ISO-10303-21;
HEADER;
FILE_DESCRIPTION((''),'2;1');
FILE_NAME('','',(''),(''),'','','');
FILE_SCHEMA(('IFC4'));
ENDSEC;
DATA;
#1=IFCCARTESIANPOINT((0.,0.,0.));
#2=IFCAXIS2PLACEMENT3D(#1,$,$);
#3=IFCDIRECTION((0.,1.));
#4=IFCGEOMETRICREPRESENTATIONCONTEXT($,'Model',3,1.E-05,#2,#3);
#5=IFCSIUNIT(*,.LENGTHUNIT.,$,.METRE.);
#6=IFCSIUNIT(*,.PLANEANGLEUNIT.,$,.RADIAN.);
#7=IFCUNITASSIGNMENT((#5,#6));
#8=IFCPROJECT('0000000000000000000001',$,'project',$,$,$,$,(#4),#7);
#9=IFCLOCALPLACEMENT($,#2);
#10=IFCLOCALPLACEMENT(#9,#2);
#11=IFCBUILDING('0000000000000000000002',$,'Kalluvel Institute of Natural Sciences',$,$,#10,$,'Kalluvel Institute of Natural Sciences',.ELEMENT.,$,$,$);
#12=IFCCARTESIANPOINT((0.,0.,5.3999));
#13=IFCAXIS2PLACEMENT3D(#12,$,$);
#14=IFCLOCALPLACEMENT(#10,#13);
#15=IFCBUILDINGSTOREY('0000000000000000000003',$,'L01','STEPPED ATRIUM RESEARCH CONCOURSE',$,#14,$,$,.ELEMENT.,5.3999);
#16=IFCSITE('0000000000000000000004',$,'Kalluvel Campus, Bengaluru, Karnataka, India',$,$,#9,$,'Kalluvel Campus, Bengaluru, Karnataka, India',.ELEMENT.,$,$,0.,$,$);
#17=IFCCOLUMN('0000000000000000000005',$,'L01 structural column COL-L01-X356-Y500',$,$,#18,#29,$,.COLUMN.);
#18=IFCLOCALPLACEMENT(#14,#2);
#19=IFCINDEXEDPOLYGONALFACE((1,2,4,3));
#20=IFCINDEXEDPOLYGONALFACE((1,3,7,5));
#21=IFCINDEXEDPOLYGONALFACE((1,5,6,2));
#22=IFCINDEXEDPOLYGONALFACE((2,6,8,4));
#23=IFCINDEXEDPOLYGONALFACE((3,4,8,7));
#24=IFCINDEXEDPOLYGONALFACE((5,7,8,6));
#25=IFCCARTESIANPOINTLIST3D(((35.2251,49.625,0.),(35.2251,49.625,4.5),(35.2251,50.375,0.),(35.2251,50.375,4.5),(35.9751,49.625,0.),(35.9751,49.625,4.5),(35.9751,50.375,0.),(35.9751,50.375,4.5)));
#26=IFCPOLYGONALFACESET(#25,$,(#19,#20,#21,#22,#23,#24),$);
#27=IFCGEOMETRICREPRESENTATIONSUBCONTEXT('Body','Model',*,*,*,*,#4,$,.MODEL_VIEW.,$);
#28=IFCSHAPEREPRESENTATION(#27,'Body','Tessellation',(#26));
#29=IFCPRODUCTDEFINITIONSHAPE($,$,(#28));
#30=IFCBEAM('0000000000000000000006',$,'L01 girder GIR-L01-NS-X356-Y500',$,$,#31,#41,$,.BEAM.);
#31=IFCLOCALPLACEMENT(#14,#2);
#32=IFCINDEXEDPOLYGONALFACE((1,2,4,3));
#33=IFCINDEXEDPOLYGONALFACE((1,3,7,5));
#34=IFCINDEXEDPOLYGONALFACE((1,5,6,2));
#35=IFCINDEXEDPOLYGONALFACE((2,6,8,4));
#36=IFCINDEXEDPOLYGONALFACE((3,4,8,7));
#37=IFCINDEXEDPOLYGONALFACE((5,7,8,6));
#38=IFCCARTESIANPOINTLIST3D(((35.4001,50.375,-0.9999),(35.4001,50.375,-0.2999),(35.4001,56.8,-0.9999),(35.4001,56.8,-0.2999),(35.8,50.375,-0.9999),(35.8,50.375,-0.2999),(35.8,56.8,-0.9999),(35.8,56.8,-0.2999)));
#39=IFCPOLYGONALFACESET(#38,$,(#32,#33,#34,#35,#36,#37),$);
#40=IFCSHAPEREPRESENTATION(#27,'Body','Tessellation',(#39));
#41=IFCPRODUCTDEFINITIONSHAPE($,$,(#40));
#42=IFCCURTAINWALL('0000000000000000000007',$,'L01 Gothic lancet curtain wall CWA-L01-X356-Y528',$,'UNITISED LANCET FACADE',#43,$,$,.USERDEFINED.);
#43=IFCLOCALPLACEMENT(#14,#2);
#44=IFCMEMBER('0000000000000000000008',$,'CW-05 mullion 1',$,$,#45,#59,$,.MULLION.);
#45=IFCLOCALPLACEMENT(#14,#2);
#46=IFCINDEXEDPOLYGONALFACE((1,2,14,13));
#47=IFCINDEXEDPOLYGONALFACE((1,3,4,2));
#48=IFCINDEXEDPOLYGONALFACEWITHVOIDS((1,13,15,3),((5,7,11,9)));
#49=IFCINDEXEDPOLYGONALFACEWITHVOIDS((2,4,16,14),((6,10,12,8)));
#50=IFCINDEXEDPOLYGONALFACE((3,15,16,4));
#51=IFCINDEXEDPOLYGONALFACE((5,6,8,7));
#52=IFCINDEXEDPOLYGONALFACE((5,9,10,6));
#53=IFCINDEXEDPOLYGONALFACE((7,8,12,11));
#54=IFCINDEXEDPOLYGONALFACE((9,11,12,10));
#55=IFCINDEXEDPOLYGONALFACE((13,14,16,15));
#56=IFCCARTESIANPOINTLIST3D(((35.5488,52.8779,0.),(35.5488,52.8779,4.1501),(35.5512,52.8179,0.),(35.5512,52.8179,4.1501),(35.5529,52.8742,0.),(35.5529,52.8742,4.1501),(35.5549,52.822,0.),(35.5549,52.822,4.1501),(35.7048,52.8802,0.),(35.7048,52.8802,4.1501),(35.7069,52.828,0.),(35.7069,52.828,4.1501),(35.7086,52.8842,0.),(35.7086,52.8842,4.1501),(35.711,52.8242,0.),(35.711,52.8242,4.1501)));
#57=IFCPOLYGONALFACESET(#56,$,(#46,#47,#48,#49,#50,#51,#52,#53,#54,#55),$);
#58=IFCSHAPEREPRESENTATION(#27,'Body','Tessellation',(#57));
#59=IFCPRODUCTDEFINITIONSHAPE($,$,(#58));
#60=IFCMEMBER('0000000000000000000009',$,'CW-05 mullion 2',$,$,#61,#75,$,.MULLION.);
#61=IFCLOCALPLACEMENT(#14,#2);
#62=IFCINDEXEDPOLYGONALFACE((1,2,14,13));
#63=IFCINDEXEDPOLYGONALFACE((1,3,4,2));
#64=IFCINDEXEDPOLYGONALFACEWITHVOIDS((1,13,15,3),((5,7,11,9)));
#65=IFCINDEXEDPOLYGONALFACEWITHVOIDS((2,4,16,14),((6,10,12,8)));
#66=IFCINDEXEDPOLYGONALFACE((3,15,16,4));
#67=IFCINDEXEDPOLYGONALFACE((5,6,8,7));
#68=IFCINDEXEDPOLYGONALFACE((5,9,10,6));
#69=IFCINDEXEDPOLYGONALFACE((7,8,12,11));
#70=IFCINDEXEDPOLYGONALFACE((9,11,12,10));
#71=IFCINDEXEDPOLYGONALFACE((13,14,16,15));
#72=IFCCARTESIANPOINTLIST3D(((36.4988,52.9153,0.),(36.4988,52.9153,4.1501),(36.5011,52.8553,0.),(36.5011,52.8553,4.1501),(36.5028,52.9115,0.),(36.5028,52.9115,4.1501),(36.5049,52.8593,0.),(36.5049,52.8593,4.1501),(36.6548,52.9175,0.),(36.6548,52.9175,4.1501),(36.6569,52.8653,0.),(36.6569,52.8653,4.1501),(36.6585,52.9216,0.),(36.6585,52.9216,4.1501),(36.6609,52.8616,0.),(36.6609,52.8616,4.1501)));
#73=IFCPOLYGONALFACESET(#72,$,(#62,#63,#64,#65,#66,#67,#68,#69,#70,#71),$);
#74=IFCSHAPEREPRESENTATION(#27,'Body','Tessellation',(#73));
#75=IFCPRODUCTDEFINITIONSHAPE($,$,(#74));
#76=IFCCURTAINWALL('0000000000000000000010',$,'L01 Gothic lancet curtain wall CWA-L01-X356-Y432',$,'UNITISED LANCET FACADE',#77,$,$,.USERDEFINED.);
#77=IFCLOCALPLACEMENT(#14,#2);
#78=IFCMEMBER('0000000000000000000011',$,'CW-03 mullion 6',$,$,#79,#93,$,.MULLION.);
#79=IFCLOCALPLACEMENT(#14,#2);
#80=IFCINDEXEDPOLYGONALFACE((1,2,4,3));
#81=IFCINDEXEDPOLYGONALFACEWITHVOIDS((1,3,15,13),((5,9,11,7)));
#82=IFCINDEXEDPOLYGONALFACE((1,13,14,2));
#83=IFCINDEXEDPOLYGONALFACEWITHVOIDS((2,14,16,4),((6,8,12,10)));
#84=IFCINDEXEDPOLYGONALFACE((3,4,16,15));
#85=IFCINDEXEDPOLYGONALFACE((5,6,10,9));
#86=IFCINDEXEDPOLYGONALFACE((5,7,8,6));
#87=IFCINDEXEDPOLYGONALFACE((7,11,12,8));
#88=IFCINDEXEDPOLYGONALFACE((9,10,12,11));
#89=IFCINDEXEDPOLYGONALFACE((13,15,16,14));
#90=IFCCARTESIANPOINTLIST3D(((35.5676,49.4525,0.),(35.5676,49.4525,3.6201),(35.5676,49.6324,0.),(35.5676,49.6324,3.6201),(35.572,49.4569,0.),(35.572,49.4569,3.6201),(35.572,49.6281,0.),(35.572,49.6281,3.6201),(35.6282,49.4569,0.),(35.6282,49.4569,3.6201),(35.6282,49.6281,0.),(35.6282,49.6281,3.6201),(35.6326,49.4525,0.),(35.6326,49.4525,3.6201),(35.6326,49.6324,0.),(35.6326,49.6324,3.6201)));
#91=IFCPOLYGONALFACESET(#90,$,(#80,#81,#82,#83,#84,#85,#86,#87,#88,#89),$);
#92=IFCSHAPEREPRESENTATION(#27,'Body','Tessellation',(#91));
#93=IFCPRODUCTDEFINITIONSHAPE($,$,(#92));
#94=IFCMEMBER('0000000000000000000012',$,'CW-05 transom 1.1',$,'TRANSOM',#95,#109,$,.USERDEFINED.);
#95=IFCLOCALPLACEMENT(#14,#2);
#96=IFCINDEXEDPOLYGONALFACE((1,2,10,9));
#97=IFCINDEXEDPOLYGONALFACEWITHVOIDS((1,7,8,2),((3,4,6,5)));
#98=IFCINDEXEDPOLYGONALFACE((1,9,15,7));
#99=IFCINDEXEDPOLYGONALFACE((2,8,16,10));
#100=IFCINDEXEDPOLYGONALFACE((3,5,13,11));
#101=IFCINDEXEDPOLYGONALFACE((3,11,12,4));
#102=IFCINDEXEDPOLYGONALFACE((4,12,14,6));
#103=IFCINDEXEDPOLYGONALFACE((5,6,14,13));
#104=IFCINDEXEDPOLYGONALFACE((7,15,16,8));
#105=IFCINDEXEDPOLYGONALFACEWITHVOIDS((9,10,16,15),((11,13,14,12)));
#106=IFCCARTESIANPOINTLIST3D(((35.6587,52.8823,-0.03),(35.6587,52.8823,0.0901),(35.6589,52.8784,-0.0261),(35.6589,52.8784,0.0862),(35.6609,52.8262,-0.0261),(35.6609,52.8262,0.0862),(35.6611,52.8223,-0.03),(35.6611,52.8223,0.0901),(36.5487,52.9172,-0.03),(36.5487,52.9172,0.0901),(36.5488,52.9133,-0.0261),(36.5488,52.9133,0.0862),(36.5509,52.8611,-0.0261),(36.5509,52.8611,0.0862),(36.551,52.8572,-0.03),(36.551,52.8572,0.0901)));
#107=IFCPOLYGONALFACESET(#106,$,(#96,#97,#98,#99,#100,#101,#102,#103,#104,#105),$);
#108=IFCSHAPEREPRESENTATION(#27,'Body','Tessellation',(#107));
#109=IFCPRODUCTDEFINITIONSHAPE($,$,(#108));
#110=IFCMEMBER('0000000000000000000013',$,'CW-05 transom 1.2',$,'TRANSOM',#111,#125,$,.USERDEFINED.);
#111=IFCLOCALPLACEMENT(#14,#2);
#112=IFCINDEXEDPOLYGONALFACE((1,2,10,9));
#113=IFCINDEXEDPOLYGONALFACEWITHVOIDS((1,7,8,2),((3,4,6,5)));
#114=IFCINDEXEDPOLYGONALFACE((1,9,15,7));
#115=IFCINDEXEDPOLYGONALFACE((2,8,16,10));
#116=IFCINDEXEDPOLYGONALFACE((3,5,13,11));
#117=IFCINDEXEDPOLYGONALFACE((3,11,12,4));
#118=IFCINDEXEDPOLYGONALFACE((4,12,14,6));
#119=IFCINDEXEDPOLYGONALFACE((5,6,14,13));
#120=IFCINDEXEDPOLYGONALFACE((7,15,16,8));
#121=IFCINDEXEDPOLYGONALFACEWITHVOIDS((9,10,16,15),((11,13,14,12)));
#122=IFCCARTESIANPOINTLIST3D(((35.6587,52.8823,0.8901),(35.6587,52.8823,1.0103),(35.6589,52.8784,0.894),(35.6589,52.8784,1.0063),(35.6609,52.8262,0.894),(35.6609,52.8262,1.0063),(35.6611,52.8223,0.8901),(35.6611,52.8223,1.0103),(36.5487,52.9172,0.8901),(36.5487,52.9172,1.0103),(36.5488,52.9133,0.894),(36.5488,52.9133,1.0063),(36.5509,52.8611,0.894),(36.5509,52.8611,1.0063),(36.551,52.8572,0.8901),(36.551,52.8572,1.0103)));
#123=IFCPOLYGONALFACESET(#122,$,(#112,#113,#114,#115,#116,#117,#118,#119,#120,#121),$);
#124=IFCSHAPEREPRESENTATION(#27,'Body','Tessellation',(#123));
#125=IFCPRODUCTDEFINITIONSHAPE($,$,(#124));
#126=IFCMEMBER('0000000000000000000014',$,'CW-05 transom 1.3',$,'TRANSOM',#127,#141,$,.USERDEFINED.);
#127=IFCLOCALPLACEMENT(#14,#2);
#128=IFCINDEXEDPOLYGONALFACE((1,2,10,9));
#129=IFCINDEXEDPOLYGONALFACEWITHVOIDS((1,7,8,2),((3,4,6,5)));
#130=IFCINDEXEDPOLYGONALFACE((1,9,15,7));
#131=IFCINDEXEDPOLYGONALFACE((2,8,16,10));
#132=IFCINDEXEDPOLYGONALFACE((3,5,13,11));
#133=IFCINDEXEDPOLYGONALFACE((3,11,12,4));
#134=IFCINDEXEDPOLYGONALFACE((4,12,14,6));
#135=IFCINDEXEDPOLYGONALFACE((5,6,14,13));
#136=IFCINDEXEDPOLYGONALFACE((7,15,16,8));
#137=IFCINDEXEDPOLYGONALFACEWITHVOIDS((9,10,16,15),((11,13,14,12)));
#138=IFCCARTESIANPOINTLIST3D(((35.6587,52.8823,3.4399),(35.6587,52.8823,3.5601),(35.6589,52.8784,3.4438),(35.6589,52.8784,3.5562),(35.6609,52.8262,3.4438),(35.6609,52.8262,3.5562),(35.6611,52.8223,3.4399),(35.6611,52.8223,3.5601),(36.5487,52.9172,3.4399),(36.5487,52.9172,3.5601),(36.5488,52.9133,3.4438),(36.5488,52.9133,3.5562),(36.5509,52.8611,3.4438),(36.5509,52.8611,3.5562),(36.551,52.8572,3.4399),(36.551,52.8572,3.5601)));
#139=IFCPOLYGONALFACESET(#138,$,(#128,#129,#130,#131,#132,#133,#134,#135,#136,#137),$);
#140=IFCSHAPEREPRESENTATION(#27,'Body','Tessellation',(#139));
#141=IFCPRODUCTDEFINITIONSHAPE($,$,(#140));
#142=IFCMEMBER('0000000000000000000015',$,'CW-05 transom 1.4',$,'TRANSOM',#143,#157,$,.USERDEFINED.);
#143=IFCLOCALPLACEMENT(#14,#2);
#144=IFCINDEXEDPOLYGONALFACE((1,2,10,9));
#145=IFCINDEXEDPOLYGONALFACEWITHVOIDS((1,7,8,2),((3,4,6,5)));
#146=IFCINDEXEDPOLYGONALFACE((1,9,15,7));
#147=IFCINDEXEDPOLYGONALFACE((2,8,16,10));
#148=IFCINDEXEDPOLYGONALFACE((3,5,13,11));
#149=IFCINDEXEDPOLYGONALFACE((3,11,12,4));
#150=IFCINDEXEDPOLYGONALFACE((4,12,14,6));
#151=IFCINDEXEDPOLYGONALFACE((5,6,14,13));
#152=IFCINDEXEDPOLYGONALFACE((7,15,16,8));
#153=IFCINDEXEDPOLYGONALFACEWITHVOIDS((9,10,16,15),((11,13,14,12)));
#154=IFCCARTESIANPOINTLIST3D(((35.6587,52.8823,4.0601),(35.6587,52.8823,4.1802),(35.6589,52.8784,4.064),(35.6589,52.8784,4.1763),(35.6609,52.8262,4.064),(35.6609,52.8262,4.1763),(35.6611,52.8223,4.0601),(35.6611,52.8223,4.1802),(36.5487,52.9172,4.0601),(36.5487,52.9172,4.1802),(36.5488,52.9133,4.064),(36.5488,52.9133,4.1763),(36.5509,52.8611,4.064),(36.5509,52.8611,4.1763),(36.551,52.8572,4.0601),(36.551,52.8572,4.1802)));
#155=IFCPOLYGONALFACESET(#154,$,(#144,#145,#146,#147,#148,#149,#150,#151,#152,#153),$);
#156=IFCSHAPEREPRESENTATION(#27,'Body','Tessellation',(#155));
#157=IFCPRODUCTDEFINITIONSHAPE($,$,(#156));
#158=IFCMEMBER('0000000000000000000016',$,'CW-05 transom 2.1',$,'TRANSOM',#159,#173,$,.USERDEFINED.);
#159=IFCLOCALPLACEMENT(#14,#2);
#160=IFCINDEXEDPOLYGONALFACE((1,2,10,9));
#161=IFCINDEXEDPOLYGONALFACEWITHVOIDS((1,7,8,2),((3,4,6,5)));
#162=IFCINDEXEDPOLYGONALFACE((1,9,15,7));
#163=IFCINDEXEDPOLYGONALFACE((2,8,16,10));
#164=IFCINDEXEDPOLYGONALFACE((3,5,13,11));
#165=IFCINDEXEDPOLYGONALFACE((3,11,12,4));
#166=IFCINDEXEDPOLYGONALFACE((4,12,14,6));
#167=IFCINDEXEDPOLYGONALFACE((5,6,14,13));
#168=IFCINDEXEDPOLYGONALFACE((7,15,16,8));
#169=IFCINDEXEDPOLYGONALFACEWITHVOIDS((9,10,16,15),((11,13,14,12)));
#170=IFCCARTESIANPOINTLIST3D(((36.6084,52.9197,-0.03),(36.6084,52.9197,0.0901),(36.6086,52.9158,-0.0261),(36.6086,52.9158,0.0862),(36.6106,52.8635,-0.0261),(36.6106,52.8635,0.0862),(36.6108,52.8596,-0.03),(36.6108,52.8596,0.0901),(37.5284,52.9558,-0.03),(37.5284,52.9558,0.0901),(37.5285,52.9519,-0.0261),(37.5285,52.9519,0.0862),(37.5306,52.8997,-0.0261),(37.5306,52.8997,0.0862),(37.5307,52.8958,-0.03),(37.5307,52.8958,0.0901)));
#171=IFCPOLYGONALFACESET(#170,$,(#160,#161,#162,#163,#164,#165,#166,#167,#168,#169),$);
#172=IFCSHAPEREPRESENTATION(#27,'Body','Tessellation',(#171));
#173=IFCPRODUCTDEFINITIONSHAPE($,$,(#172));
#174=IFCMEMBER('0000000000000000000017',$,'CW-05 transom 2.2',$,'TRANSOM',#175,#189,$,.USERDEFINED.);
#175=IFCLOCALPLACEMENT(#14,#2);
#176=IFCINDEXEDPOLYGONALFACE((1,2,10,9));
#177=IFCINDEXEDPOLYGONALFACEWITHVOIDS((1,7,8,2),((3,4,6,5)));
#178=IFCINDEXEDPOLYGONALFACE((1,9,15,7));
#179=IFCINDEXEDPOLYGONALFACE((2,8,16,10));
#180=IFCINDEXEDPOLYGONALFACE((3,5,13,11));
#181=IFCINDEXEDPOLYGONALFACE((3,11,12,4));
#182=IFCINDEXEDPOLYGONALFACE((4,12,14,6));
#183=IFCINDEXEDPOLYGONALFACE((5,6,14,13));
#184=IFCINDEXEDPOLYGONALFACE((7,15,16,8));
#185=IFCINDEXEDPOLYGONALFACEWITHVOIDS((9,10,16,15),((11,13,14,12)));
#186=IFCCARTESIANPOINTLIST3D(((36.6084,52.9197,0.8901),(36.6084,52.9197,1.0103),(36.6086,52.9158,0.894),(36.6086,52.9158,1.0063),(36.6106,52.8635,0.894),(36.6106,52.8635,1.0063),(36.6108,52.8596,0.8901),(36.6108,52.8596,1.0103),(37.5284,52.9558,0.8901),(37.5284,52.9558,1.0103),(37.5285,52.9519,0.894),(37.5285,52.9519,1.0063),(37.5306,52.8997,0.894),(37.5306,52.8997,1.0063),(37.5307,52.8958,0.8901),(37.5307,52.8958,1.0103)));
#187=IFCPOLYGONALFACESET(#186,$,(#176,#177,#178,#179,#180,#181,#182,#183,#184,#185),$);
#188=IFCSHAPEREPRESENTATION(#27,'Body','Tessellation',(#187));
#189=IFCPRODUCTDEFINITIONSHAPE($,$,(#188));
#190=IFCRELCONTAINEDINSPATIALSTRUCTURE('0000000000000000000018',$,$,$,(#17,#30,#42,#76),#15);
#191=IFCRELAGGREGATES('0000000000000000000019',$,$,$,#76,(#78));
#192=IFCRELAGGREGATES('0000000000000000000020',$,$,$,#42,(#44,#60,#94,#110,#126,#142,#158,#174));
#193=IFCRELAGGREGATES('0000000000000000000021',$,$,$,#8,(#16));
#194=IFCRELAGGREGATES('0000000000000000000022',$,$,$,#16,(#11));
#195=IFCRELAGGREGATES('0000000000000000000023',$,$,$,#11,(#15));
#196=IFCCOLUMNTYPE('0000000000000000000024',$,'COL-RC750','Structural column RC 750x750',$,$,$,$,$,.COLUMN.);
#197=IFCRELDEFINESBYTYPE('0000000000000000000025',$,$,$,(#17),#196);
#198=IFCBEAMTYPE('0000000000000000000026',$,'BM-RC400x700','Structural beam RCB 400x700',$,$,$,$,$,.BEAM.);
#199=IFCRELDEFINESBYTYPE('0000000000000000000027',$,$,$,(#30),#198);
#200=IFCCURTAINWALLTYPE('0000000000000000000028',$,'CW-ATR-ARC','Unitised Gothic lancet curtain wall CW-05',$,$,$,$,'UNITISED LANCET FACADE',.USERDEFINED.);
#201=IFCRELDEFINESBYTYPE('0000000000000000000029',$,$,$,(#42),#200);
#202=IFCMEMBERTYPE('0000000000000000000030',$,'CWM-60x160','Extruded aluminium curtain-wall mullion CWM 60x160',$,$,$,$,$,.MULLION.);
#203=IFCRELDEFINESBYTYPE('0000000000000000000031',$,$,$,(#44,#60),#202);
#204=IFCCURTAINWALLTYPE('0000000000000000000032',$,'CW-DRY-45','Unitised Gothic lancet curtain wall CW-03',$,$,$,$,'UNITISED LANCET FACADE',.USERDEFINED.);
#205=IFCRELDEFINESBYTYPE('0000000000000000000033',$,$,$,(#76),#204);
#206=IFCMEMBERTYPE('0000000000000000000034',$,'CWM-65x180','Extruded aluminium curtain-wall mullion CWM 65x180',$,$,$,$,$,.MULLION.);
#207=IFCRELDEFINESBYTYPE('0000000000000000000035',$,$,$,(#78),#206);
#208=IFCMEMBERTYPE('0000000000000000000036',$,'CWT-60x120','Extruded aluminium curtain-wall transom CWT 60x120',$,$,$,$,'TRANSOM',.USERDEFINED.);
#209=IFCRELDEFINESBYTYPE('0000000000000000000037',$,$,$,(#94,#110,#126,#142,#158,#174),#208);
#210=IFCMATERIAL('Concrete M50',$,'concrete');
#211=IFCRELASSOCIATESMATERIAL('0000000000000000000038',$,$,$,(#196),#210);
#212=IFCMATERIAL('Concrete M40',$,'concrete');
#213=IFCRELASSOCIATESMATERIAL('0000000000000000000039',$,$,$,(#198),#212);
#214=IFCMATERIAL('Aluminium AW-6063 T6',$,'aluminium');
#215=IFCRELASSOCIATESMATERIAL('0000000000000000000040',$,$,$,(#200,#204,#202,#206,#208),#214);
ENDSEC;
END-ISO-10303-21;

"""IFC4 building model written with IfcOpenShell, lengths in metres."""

from ifc_helpers import new_model, si_unit, direction, frame, origin, origin_2d, place, context, subcontext, project, spatial, rectangle, hollow_rectangle, extrude, material, material_profile, profile_set, type_object, element, aggregate, save


model = new_model("IFC4")

# Units and contexts
model_context = context("Model", 3, precision=1e-05, world=origin(), true_north=direction((0.0, 1.0)))
body_context = subcontext(model_context, "Body", "Model", "MODEL_VIEW")
ifc_project = project(units=[si_unit("LENGTHUNIT", "METRE"), si_unit("PLANEANGLEUNIT", "RADIAN")], contexts=[model_context])

# Site, building, storey
site_placement = place(None, origin())
site = spatial("IfcSite", under=ifc_project, at=site_placement, Name="Kalluvel Campus, Bengaluru, Karnataka, India", LongName="Kalluvel Campus, Bengaluru, Karnataka, India", CompositionType="ELEMENT", RefElevation=0.0)
building_placement = place(site_placement, origin())
building = spatial("IfcBuilding", under=site, at=building_placement, Name="Kalluvel Institute of Natural Sciences", LongName="Kalluvel Institute of Natural Sciences", CompositionType="ELEMENT")
storey_placement = place(building_placement, frame((0.0, 0.0, 5.3999)))
storey = spatial("IfcBuildingStorey", under=building, at=storey_placement, Name="L01", Description="STEPPED ATRIUM RESEARCH CONCOURSE", CompositionType="ELEMENT", Elevation=5.3999)

# Column
ifc_material_1 = material(Name="Concrete M50", Category="concrete")
ifc_material_profile_1 = material_profile(ifc_material_1, rectangle(XDim=0.75, YDim=0.75, at=origin_2d()), Name="RC 750x750")
ifc_profile_set_1 = profile_set([ifc_material_profile_1], Name="Concrete M50")
column_type = type_object("IfcColumnType", Name="COL-RC750", Description="Structural column RC 750x750", PredefinedType="COLUMN", material=ifc_profile_set_1)
column_placement = place(storey_placement, frame((35.6001, 50.0, 0.0), z_axis=(0.0, 0.0, 1.0), x_axis=(1.0, 0.0, 0.0)))
element("IfcColumn", 1, at=column_placement, inside=storey, type_object=column_type, Name="L01 structural column COL-L01-X356-Y500", PredefinedType="COLUMN", context=body_context, shape_type="SweptSolid", body=[
    extrude(rectangle(XDim=0.75, YDim=0.75, at=origin_2d()), origin(), (0.0, 0.0, 1.0), 4.5),
])

# Beam
ifc_material_2 = material(Name="Concrete M40", Category="concrete")
ifc_material_profile_2 = material_profile(ifc_material_2, rectangle(XDim=0.3999, YDim=0.7, at=origin_2d()), Name="RCB 400x700")
ifc_profile_set_2 = profile_set([ifc_material_profile_2], Name="Concrete M40")
beam_type = type_object("IfcBeamType", Name="BM-RC400x700", Description="Structural beam RCB 400x700", PredefinedType="BEAM", material=ifc_profile_set_2)
beam_placement = place(storey_placement, frame((35.6001, 50.375, -0.6499), z_axis=(0.0, 1.0, 0.0), x_axis=(-1.0, 0.0, 0.0)))
element("IfcBeam", 2, at=beam_placement, inside=storey, type_object=beam_type, Name="L01 girder GIR-L01-NS-X356-Y500", PredefinedType="BEAM", context=body_context, shape_type="SweptSolid", body=[
    extrude(rectangle(XDim=0.3999, YDim=0.7, at=origin_2d()), origin(), (0.0, 0.0, 1.0), 6.425),
])

# Curtain wall, members
ifc_material_3 = material(Name="Aluminium AW-6063 T6", Category="aluminium")
curtain_wall_type_1 = type_object("IfcCurtainWallType", Name="CW-ATR-ARC", Description="Unitised Gothic lancet curtain wall CW-05", ElementType="UNITISED LANCET FACADE", PredefinedType="USERDEFINED", material=ifc_material_3)
curtain_wall_1_placement = place(storey_placement, origin())
curtain_wall_1 = element("IfcCurtainWall", 3, at=curtain_wall_1_placement, inside=storey, type_object=curtain_wall_type_1, Name="L01 Gothic lancet curtain wall CWA-L01-X356-Y528", ObjectType="UNITISED LANCET FACADE", PredefinedType="USERDEFINED")
ifc_material_profile_3 = material_profile(ifc_material_3, hollow_rectangle(XDim=0.0601, YDim=0.1599, WallThickness=0.0039, at=origin_2d()), Name="CWM 60x160")
ifc_profile_set_3 = profile_set([ifc_material_profile_3], Name="Aluminium AW-6063 T6")
member_type_1 = type_object("IfcMemberType", Name="CWM-60x160", Description="Extruded aluminium curtain-wall mullion CWM 60x160", PredefinedType="MULLION", material=ifc_profile_set_3)
member_1_placement = place(storey_placement, frame((35.6299, 52.8511, 0.0), z_axis=(0.0, 0.0, 1.0), x_axis=(-0.039265, 0.999229, 0.0)))
member_1 = element("IfcMember", 4, at=member_1_placement, type_object=member_type_1, Name="CW-05 mullion 1", PredefinedType="MULLION", context=body_context, shape_type="SweptSolid", body=[
    extrude(hollow_rectangle(XDim=0.0601, YDim=0.1599, WallThickness=0.0039, at=origin_2d()), origin(), (0.0, 0.0, 1.0), 4.1501),
])
member_2_placement = place(storey_placement, frame((36.5798, 52.8884, 0.0), z_axis=(0.0, 0.0, 1.0), x_axis=(-0.039265, 0.999229, 0.0)))
member_2 = element("IfcMember", 5, at=member_2_placement, type_object=member_type_1, Name="CW-05 mullion 2", PredefinedType="MULLION", context=body_context, shape_type="SweptSolid", body=[
    extrude(hollow_rectangle(XDim=0.0601, YDim=0.1599, WallThickness=0.0039, at=origin_2d()), origin(), (0.0, 0.0, 1.0), 4.1501),
])

# Curtain wall, member
curtain_wall_type_2 = type_object("IfcCurtainWallType", Name="CW-DRY-45", Description="Unitised Gothic lancet curtain wall CW-03", ElementType="UNITISED LANCET FACADE", PredefinedType="USERDEFINED", material=ifc_material_3)
curtain_wall_2_placement = place(storey_placement, origin())
curtain_wall_2 = element("IfcCurtainWall", 6, at=curtain_wall_2_placement, inside=storey, type_object=curtain_wall_type_2, Name="L01 Gothic lancet curtain wall CWA-L01-X356-Y432", ObjectType="UNITISED LANCET FACADE", PredefinedType="USERDEFINED")
ifc_material_profile_4 = material_profile(ifc_material_3, hollow_rectangle(XDim=0.0649, YDim=0.1799, WallThickness=0.0044, at=origin_2d()), Name="CWM 65x180")
ifc_profile_set_4 = profile_set([ifc_material_profile_4], Name="Aluminium AW-6063 T6")
member_type_2 = type_object("IfcMemberType", Name="CWM-65x180", Description="Extruded aluminium curtain-wall mullion CWM 65x180", PredefinedType="MULLION", material=ifc_profile_set_4)
member_3_placement = place(storey_placement, frame((35.6001, 49.5425, 0.0), z_axis=(0.0, 0.0, 1.0), x_axis=(-1.0, 0.0, 0.0)))
member_3 = element("IfcMember", 7, at=member_3_placement, type_object=member_type_2, Name="CW-03 mullion 6", PredefinedType="MULLION", context=body_context, shape_type="SweptSolid", body=[
    extrude(hollow_rectangle(XDim=0.0649, YDim=0.1799, WallThickness=0.0044, at=origin_2d()), origin(), (0.0, 0.0, 1.0), 3.6201),
])

# Members
ifc_material_profile_5 = material_profile(ifc_material_3, hollow_rectangle(XDim=0.0601, YDim=0.1201, WallThickness=0.0039, at=origin_2d()), Name="CWT 60x120")
ifc_profile_set_5 = profile_set([ifc_material_profile_5], Name="Aluminium AW-6063 T6")
member_type_3 = type_object("IfcMemberType", Name="CWT-60x120", Description="Extruded aluminium curtain-wall transom CWT 60x120", ElementType="TRANSOM", PredefinedType="USERDEFINED", material=ifc_profile_set_5)
member_4_placement = place(storey_placement, frame((35.6599, 52.8523, 0.03), z_axis=(0.999231, 0.039202, 0.0), x_axis=(-0.039202, 0.999231, 0.0)))
member_4 = element("IfcMember", 8, at=member_4_placement, type_object=member_type_3, Name="CW-05 transom 1.1", ObjectType="TRANSOM", PredefinedType="USERDEFINED", context=body_context, shape_type="SweptSolid", body=[
    extrude(hollow_rectangle(XDim=0.0601, YDim=0.1201, WallThickness=0.0039, at=origin_2d()), origin(), (0.0, 0.0, 1.0), 0.8906),
])
member_5_placement = place(storey_placement, frame((35.6599, 52.8523, 0.9502), z_axis=(0.999231, 0.039202, 0.0), x_axis=(-0.039202, 0.999231, 0.0)))
member_5 = element("IfcMember", 9, at=member_5_placement, type_object=member_type_3, Name="CW-05 transom 1.2", ObjectType="TRANSOM", PredefinedType="USERDEFINED", context=body_context, shape_type="SweptSolid", body=[
    extrude(hollow_rectangle(XDim=0.0601, YDim=0.1201, WallThickness=0.0039, at=origin_2d()), origin(), (0.0, 0.0, 1.0), 0.8906),
])
member_6_placement = place(storey_placement, frame((35.6599, 52.8523, 3.5), z_axis=(0.999231, 0.039202, 0.0), x_axis=(-0.039202, 0.999231, 0.0)))
member_6 = element("IfcMember", 10, at=member_6_placement, type_object=member_type_3, Name="CW-05 transom 1.3", ObjectType="TRANSOM", PredefinedType="USERDEFINED", context=body_context, shape_type="SweptSolid", body=[
    extrude(hollow_rectangle(XDim=0.0601, YDim=0.1201, WallThickness=0.0039, at=origin_2d()), origin(), (0.0, 0.0, 1.0), 0.8906),
])
member_7_placement = place(storey_placement, frame((35.6599, 52.8523, 4.1201), z_axis=(0.999231, 0.039202, 0.0), x_axis=(-0.039202, 0.999231, 0.0)))
member_7 = element("IfcMember", 11, at=member_7_placement, type_object=member_type_3, Name="CW-05 transom 1.4", ObjectType="TRANSOM", PredefinedType="USERDEFINED", context=body_context, shape_type="SweptSolid", body=[
    extrude(hollow_rectangle(XDim=0.0601, YDim=0.1201, WallThickness=0.0039, at=origin_2d()), origin(), (0.0, 0.0, 1.0), 0.8906),
])
member_8_placement = place(storey_placement, frame((36.6096, 52.8896, 0.03), z_axis=(0.99923, 0.039248, 0.0), x_axis=(-0.039248, 0.99923, 0.0)))
member_8 = element("IfcMember", 12, at=member_8_placement, type_object=member_type_3, Name="CW-05 transom 2.1", ObjectType="TRANSOM", PredefinedType="USERDEFINED", context=body_context, shape_type="SweptSolid", body=[
    extrude(hollow_rectangle(XDim=0.0601, YDim=0.1201, WallThickness=0.0039, at=origin_2d()), origin(), (0.0, 0.0, 1.0), 0.9207),
])
member_9_placement = place(storey_placement, frame((36.6096, 52.8896, 0.9502), z_axis=(0.99923, 0.039248, 0.0), x_axis=(-0.039248, 0.99923, 0.0)))
member_9 = element("IfcMember", 13, at=member_9_placement, type_object=member_type_3, Name="CW-05 transom 2.2", ObjectType="TRANSOM", PredefinedType="USERDEFINED", context=body_context, shape_type="SweptSolid", body=[
    extrude(hollow_rectangle(XDim=0.0601, YDim=0.1201, WallThickness=0.0039, at=origin_2d()), origin(), (0.0, 0.0, 1.0), 0.9207),
])

aggregate(curtain_wall_2, [member_3])
aggregate(curtain_wall_1, [member_1, member_2, member_4, member_5, member_6, member_7, member_8, member_9])

save(model, "model.ifc")
